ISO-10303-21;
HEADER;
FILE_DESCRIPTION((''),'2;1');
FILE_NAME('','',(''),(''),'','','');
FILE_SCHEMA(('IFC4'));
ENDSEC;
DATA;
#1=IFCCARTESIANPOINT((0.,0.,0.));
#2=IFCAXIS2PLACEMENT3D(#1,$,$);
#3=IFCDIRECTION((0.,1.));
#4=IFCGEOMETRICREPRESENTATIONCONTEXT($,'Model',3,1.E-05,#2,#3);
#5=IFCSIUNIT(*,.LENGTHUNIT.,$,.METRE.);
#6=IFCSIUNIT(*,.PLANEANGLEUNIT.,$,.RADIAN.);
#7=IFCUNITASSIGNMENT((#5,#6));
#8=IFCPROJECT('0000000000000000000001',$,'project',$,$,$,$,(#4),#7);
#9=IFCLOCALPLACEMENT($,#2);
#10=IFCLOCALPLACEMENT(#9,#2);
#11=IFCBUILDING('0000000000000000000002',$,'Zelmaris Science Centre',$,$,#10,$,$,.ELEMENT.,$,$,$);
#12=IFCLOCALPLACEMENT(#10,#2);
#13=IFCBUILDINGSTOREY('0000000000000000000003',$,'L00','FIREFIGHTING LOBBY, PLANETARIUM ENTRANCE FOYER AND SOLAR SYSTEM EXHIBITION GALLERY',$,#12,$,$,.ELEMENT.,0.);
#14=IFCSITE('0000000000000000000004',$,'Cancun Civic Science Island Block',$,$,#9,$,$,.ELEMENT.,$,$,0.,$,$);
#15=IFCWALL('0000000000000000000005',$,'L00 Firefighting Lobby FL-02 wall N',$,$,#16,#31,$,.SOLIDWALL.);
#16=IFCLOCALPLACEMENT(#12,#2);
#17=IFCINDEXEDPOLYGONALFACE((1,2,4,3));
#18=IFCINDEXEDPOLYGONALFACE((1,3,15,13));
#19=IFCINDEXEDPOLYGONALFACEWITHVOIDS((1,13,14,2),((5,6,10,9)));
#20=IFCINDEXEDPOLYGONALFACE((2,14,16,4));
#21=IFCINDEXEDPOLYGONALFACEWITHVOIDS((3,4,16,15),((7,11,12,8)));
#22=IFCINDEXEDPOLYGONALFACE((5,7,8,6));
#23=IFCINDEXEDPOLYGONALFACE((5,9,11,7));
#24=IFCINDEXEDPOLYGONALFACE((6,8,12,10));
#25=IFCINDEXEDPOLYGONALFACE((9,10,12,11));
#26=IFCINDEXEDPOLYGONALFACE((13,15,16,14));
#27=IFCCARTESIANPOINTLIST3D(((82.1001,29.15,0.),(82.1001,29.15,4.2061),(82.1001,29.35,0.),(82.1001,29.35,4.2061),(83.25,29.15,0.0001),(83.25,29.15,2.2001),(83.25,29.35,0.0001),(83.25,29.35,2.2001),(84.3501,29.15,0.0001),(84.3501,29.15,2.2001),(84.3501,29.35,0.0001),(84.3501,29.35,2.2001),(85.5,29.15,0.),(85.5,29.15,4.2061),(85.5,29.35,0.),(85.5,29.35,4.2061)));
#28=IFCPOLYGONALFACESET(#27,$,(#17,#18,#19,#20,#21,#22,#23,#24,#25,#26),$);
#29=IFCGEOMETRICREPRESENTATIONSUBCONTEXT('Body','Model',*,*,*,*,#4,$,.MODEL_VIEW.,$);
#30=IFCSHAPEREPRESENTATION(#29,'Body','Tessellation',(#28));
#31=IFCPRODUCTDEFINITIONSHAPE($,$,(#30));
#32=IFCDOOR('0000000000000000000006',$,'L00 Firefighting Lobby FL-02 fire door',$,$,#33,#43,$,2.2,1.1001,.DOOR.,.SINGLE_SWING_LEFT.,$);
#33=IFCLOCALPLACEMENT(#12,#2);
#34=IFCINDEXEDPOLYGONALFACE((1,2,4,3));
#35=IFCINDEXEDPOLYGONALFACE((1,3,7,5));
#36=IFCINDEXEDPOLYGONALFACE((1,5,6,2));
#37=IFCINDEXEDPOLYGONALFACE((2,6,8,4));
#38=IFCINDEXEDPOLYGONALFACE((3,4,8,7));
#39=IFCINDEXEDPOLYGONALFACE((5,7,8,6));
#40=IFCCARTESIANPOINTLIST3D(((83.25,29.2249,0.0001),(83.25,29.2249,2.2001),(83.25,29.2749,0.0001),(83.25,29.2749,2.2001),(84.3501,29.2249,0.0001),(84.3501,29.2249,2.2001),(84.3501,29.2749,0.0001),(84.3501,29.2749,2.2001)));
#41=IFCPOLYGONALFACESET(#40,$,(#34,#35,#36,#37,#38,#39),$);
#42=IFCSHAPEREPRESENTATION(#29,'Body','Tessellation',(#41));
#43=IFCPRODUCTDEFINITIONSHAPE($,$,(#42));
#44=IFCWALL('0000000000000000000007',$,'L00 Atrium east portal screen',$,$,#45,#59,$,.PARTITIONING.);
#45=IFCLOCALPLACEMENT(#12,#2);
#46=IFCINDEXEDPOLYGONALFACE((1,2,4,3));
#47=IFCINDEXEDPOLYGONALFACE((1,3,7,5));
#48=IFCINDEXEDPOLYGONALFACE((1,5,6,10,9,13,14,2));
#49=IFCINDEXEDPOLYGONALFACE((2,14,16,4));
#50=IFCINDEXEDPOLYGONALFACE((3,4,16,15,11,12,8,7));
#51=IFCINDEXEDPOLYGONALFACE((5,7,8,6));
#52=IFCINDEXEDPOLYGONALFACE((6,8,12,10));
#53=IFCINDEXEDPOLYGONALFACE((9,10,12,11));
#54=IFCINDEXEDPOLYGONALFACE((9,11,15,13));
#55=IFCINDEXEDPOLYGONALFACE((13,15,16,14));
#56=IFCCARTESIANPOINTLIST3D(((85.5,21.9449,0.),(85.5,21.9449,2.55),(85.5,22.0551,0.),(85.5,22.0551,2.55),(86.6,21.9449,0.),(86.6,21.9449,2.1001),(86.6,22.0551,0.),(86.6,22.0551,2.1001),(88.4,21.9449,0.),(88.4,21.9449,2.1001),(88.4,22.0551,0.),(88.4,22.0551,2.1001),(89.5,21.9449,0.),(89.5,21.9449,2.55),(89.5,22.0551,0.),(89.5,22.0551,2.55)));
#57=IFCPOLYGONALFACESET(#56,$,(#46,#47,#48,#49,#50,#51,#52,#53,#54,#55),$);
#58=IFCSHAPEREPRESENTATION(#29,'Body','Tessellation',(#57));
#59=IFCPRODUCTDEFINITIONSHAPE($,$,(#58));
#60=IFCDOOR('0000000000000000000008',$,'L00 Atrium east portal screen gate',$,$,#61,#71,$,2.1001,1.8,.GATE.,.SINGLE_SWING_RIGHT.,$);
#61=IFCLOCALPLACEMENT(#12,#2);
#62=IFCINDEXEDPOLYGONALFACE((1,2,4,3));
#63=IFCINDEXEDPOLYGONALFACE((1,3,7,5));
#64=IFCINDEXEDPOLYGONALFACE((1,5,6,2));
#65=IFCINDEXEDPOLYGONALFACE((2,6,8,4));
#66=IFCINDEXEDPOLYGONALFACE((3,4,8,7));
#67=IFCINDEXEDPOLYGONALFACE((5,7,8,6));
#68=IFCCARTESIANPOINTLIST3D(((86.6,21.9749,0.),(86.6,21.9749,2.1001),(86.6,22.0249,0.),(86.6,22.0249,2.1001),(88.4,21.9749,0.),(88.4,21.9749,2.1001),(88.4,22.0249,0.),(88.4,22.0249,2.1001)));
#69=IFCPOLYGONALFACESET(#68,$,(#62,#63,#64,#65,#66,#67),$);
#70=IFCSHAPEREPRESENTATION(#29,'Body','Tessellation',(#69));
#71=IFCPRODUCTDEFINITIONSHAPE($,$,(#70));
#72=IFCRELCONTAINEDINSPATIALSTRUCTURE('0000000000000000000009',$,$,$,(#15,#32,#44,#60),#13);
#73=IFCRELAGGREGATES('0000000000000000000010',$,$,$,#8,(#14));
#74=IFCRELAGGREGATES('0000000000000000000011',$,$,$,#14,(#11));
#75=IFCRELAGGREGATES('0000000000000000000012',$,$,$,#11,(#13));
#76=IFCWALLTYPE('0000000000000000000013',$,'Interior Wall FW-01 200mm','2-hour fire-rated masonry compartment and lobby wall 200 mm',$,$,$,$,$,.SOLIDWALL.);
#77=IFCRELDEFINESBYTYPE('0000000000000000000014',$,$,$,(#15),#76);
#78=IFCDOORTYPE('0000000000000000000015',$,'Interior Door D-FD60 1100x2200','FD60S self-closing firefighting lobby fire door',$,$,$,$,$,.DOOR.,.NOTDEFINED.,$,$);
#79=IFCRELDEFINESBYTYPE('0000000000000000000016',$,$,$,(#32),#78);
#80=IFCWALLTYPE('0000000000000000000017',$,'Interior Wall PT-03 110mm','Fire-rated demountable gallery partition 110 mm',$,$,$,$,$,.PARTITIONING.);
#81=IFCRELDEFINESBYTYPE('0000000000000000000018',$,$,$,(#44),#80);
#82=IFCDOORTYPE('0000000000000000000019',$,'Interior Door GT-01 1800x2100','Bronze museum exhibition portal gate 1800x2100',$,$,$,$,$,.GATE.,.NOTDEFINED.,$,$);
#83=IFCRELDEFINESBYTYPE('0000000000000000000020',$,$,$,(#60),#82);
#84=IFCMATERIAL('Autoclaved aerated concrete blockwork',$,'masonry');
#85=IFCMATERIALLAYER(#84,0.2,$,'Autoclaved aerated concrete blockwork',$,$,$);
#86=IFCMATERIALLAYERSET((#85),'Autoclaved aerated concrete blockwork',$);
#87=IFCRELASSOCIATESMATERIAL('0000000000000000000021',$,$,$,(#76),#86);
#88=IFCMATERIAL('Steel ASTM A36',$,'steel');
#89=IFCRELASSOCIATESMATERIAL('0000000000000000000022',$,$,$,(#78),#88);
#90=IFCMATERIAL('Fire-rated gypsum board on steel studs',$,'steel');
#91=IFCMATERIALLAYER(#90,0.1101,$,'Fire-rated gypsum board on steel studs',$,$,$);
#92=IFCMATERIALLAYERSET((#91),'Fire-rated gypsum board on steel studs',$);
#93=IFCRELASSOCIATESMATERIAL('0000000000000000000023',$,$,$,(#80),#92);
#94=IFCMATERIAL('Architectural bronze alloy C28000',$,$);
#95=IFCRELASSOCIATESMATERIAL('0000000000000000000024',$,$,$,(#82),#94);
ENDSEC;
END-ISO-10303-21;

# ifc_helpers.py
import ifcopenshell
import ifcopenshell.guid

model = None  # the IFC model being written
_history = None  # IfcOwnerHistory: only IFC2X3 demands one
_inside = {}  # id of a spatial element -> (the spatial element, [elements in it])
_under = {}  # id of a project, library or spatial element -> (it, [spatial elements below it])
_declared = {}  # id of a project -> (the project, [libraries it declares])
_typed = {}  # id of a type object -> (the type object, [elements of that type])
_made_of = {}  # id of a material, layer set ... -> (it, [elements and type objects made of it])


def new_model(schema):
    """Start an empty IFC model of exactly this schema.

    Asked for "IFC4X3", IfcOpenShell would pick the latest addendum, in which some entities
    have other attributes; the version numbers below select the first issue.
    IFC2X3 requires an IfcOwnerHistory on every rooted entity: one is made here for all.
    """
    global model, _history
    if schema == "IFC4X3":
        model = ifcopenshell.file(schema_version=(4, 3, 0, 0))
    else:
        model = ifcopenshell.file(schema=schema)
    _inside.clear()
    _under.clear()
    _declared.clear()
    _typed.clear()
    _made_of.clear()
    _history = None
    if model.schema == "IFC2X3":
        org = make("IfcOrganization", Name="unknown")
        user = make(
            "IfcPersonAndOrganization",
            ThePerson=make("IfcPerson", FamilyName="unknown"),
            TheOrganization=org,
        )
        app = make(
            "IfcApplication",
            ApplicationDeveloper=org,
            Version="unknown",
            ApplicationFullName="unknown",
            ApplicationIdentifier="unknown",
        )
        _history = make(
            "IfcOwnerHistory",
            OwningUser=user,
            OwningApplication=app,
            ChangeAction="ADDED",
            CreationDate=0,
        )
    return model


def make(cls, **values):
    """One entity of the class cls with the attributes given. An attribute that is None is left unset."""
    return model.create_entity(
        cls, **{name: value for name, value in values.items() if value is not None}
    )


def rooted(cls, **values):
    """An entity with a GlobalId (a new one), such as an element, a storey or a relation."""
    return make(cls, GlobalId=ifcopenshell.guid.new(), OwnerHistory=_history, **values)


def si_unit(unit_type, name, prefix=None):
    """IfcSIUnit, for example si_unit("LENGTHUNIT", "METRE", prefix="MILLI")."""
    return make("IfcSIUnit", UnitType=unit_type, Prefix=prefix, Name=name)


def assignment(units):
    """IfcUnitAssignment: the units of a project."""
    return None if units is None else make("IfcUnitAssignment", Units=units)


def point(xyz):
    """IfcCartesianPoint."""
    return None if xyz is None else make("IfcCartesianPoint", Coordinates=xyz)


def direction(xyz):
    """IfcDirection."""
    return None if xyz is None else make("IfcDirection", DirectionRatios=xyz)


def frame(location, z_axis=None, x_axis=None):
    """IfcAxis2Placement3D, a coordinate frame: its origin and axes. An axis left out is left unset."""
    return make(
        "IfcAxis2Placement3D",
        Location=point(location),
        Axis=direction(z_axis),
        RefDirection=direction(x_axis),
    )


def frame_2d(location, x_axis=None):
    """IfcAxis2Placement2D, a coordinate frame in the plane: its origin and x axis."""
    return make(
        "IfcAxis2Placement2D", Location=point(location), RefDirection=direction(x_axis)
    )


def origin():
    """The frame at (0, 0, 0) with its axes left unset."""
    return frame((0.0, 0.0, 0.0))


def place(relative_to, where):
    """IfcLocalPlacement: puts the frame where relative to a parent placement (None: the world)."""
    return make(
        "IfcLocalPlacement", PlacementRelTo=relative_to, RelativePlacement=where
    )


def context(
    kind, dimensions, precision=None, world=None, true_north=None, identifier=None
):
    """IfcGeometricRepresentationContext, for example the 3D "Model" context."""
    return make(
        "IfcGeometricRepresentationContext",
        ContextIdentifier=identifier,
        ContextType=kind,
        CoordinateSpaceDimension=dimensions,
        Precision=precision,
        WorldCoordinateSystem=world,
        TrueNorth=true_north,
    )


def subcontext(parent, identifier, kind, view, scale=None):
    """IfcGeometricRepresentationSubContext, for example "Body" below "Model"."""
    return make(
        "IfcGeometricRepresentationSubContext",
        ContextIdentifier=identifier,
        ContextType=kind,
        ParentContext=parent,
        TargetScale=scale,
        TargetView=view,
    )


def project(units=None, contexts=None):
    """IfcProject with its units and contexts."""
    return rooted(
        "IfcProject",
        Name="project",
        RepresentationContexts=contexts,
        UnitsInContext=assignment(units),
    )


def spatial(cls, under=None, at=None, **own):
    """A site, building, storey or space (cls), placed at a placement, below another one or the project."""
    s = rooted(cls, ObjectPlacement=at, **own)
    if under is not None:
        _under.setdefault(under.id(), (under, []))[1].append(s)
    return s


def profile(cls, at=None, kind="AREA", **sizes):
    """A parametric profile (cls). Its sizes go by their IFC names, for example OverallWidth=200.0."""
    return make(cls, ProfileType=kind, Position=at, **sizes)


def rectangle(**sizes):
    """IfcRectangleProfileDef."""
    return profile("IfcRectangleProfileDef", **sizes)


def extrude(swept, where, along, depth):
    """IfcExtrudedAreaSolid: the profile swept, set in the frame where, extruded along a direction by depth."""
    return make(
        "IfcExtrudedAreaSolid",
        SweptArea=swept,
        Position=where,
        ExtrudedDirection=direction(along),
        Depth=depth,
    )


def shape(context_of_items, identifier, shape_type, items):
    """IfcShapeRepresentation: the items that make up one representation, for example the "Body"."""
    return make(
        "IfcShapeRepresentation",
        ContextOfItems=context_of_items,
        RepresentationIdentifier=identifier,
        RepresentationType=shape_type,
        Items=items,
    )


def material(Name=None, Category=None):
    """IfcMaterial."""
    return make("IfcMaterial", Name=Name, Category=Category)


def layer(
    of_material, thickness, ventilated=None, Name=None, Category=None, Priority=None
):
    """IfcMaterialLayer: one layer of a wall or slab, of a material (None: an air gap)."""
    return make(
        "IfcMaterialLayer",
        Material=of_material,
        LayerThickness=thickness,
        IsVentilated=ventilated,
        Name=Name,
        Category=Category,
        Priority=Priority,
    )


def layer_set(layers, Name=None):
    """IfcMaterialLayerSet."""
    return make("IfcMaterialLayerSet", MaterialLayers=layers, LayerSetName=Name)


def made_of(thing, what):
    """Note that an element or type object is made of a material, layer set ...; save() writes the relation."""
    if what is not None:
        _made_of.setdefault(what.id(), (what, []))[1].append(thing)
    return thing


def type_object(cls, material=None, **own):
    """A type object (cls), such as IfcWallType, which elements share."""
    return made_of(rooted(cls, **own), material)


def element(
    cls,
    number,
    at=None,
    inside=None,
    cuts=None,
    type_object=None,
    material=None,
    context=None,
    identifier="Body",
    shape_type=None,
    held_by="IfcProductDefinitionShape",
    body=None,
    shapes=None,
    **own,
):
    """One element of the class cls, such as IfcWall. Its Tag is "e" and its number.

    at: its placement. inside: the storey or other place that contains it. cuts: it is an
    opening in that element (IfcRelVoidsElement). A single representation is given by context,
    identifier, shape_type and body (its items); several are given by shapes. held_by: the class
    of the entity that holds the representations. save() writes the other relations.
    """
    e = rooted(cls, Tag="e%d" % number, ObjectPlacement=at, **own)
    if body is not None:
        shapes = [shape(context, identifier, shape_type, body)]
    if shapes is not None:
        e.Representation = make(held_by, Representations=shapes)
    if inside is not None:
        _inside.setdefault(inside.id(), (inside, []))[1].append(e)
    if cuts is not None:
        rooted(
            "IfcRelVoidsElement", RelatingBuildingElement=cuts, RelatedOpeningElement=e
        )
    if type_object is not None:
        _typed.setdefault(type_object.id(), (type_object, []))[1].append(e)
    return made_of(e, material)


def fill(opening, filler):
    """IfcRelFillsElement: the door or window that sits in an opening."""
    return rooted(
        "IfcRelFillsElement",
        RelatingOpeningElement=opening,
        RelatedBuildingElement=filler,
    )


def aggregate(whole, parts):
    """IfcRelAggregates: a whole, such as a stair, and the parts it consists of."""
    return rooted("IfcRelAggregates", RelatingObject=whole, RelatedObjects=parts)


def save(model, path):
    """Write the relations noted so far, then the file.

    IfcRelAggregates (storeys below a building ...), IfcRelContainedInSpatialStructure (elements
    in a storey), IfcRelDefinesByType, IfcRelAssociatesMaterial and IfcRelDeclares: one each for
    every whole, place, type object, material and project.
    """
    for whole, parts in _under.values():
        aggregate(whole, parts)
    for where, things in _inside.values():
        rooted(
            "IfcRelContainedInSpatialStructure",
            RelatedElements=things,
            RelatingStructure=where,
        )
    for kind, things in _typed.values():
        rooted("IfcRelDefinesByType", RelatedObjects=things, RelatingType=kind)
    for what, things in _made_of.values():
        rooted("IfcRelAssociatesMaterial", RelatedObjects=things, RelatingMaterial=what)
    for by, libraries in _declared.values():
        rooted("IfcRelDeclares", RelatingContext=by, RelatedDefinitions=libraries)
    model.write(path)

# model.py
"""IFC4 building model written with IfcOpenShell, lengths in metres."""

from ifc_helpers import new_model, si_unit, direction, frame, frame_2d, origin, place, context, subcontext, project, spatial, rectangle, extrude, material, layer, layer_set, type_object, element, fill, save


model = new_model("IFC4")

# Units and contexts
model_context = context("Model", 3, precision=1e-05, world=origin(), true_north=direction((0.0, 1.0)))
body_context = subcontext(model_context, "Body", "Model", "MODEL_VIEW")
ifc_project = project(units=[si_unit("LENGTHUNIT", "METRE"), si_unit("PLANEANGLEUNIT", "RADIAN")], contexts=[model_context])

# Site, building, storey
site_placement = place(None, origin())
site = spatial("IfcSite", under=ifc_project, at=site_placement, Name="Cancun Civic Science Island Block", CompositionType="ELEMENT", RefElevation=0.0)
building_placement = place(site_placement, origin())
building = spatial("IfcBuilding", under=site, at=building_placement, Name="Zelmaris Science Centre", CompositionType="ELEMENT")
storey_placement = place(building_placement, origin())
storey = spatial("IfcBuildingStorey", under=building, at=storey_placement, Name="L00", Description="FIREFIGHTING LOBBY, PLANETARIUM ENTRANCE FOYER AND SOLAR SYSTEM EXHIBITION GALLERY", CompositionType="ELEMENT", Elevation=0.0)

# Shared definitions
ifc_material_1 = material(Name="Steel ASTM A36", Category="steel")

# Shared definitions
ifc_material_2 = material(Name="Autoclaved aerated concrete blockwork", Category="masonry")
ifc_layer_1 = layer(ifc_material_2, 0.2, Name="Autoclaved aerated concrete blockwork")
ifc_layer_set_1 = layer_set([ifc_layer_1], Name="Autoclaved aerated concrete blockwork")
wall_type_1 = type_object("IfcWallType", Name="Interior Wall FW-01 200mm", Description="2-hour fire-rated masonry compartment and lobby wall 200 mm", PredefinedType="SOLIDWALL", material=ifc_layer_set_1)

# Walls, openings, doors
wall_1_placement = place(storey_placement, frame((82.1001, 29.25, 0.0), z_axis=(0.0, 0.0, 1.0), x_axis=(1.0, 0.0, 0.0)))
wall_1 = element("IfcWall", 1, at=wall_1_placement, inside=storey, type_object=wall_type_1, Name="L00 Firefighting Lobby FL-02 wall N", PredefinedType="SOLIDWALL", context=body_context, shape_type="SweptSolid", body=[
    extrude(rectangle(XDim=3.3999, YDim=0.2, at=frame_2d((1.7, 0.0))), origin(), (0.0, 0.0, 1.0), 4.2061),
])
opening_1_placement = place(wall_1_placement, frame((1.1499, 0.0, 0.0)))
opening_1 = element("IfcOpeningElement", 2, at=opening_1_placement, cuts=wall_1, PredefinedType="OPENING", context=body_context, shape_type="SweptSolid", body=[
    extrude(rectangle(XDim=1.1001, YDim=2.2, at=frame_2d((0.55, 1.1001))), frame((0.0, 0.1099, 0.0), z_axis=(0.0, -1.0, 0.0), x_axis=(1.0, 0.0, 0.0)), (0.0, 0.0, 1.0), 0.22),
])
door_type_1 = type_object("IfcDoorType", Name="Interior Door D-FD60 1100x2200", Description="FD60S self-closing firefighting lobby fire door", OperationType="NOTDEFINED", PredefinedType="DOOR", material=ifc_material_1)
door_1_placement = place(opening_1_placement, origin())
door_1 = element("IfcDoor", 3, at=door_1_placement, inside=storey, type_object=door_type_1, Name="L00 Firefighting Lobby FL-02 fire door", OperationType="SINGLE_SWING_LEFT", OverallHeight=2.2, OverallWidth=1.1001, PredefinedType="DOOR", context=body_context, shape_type="SweptSolid", body=[
    extrude(rectangle(XDim=1.1001, YDim=2.2, at=frame_2d((0.55, 1.1001))), frame((0.0, 0.0249, 0.0), z_axis=(0.0, -1.0, 0.0), x_axis=(1.0, 0.0, 0.0)), (0.0, 0.0, 1.0), 0.05),
])
fill(opening_1, door_1)
ifc_material_3 = material(Name="Fire-rated gypsum board on steel studs", Category="steel")
ifc_layer_2 = layer(ifc_material_3, 0.1101, Name="Fire-rated gypsum board on steel studs")
ifc_layer_set_2 = layer_set([ifc_layer_2], Name="Fire-rated gypsum board on steel studs")
wall_type_2 = type_object("IfcWallType", Name="Interior Wall PT-03 110mm", Description="Fire-rated demountable gallery partition 110 mm", PredefinedType="PARTITIONING", material=ifc_layer_set_2)
wall_2_placement = place(storey_placement, frame((85.5, 22.0, 0.0), z_axis=(0.0, 0.0, 1.0), x_axis=(1.0, 0.0, 0.0)))
wall_2 = element("IfcWall", 4, at=wall_2_placement, inside=storey, type_object=wall_type_2, Name="L00 Atrium east portal screen", PredefinedType="PARTITIONING", context=body_context, shape_type="SweptSolid", body=[
    extrude(rectangle(XDim=4.0, YDim=0.1101, at=frame_2d((2.0, 0.0))), origin(), (0.0, 0.0, 1.0), 2.55),
])
opening_2_placement = place(wall_2_placement, frame((1.1001, 0.0, 0.0)))
opening_2 = element("IfcOpeningElement", 5, at=opening_2_placement, cuts=wall_2, PredefinedType="OPENING", context=body_context, shape_type="SweptSolid", body=[
    extrude(rectangle(XDim=1.8, YDim=2.1001, at=frame_2d((0.8999, 1.05))), frame((0.0, 0.0649, 0.0), z_axis=(0.0, -1.0, 0.0), x_axis=(1.0, 0.0, 0.0)), (0.0, 0.0, 1.0), 0.1301),
])
ifc_material_4 = material(Name="Architectural bronze alloy C28000")
door_type_2 = type_object("IfcDoorType", Name="Interior Door GT-01 1800x2100", Description="Bronze museum exhibition portal gate 1800x2100", OperationType="NOTDEFINED", PredefinedType="GATE", material=ifc_material_4)
door_2_placement = place(opening_2_placement, origin())
door_2 = element("IfcDoor", 6, at=door_2_placement, inside=storey, type_object=door_type_2, Name="L00 Atrium east portal screen gate", OperationType="SINGLE_SWING_RIGHT", OverallHeight=2.1001, OverallWidth=1.8, PredefinedType="GATE", context=body_context, shape_type="SweptSolid", body=[
    extrude(rectangle(XDim=1.8, YDim=2.1001, at=frame_2d((0.8999, 1.05))), frame((0.0, 0.0249, 0.0), z_axis=(0.0, -1.0, 0.0), x_axis=(1.0, 0.0, 0.0)), (0.0, 0.0, 1.0), 0.05),
])
fill(opening_2, door_2)

save(model, "model.ifc")
